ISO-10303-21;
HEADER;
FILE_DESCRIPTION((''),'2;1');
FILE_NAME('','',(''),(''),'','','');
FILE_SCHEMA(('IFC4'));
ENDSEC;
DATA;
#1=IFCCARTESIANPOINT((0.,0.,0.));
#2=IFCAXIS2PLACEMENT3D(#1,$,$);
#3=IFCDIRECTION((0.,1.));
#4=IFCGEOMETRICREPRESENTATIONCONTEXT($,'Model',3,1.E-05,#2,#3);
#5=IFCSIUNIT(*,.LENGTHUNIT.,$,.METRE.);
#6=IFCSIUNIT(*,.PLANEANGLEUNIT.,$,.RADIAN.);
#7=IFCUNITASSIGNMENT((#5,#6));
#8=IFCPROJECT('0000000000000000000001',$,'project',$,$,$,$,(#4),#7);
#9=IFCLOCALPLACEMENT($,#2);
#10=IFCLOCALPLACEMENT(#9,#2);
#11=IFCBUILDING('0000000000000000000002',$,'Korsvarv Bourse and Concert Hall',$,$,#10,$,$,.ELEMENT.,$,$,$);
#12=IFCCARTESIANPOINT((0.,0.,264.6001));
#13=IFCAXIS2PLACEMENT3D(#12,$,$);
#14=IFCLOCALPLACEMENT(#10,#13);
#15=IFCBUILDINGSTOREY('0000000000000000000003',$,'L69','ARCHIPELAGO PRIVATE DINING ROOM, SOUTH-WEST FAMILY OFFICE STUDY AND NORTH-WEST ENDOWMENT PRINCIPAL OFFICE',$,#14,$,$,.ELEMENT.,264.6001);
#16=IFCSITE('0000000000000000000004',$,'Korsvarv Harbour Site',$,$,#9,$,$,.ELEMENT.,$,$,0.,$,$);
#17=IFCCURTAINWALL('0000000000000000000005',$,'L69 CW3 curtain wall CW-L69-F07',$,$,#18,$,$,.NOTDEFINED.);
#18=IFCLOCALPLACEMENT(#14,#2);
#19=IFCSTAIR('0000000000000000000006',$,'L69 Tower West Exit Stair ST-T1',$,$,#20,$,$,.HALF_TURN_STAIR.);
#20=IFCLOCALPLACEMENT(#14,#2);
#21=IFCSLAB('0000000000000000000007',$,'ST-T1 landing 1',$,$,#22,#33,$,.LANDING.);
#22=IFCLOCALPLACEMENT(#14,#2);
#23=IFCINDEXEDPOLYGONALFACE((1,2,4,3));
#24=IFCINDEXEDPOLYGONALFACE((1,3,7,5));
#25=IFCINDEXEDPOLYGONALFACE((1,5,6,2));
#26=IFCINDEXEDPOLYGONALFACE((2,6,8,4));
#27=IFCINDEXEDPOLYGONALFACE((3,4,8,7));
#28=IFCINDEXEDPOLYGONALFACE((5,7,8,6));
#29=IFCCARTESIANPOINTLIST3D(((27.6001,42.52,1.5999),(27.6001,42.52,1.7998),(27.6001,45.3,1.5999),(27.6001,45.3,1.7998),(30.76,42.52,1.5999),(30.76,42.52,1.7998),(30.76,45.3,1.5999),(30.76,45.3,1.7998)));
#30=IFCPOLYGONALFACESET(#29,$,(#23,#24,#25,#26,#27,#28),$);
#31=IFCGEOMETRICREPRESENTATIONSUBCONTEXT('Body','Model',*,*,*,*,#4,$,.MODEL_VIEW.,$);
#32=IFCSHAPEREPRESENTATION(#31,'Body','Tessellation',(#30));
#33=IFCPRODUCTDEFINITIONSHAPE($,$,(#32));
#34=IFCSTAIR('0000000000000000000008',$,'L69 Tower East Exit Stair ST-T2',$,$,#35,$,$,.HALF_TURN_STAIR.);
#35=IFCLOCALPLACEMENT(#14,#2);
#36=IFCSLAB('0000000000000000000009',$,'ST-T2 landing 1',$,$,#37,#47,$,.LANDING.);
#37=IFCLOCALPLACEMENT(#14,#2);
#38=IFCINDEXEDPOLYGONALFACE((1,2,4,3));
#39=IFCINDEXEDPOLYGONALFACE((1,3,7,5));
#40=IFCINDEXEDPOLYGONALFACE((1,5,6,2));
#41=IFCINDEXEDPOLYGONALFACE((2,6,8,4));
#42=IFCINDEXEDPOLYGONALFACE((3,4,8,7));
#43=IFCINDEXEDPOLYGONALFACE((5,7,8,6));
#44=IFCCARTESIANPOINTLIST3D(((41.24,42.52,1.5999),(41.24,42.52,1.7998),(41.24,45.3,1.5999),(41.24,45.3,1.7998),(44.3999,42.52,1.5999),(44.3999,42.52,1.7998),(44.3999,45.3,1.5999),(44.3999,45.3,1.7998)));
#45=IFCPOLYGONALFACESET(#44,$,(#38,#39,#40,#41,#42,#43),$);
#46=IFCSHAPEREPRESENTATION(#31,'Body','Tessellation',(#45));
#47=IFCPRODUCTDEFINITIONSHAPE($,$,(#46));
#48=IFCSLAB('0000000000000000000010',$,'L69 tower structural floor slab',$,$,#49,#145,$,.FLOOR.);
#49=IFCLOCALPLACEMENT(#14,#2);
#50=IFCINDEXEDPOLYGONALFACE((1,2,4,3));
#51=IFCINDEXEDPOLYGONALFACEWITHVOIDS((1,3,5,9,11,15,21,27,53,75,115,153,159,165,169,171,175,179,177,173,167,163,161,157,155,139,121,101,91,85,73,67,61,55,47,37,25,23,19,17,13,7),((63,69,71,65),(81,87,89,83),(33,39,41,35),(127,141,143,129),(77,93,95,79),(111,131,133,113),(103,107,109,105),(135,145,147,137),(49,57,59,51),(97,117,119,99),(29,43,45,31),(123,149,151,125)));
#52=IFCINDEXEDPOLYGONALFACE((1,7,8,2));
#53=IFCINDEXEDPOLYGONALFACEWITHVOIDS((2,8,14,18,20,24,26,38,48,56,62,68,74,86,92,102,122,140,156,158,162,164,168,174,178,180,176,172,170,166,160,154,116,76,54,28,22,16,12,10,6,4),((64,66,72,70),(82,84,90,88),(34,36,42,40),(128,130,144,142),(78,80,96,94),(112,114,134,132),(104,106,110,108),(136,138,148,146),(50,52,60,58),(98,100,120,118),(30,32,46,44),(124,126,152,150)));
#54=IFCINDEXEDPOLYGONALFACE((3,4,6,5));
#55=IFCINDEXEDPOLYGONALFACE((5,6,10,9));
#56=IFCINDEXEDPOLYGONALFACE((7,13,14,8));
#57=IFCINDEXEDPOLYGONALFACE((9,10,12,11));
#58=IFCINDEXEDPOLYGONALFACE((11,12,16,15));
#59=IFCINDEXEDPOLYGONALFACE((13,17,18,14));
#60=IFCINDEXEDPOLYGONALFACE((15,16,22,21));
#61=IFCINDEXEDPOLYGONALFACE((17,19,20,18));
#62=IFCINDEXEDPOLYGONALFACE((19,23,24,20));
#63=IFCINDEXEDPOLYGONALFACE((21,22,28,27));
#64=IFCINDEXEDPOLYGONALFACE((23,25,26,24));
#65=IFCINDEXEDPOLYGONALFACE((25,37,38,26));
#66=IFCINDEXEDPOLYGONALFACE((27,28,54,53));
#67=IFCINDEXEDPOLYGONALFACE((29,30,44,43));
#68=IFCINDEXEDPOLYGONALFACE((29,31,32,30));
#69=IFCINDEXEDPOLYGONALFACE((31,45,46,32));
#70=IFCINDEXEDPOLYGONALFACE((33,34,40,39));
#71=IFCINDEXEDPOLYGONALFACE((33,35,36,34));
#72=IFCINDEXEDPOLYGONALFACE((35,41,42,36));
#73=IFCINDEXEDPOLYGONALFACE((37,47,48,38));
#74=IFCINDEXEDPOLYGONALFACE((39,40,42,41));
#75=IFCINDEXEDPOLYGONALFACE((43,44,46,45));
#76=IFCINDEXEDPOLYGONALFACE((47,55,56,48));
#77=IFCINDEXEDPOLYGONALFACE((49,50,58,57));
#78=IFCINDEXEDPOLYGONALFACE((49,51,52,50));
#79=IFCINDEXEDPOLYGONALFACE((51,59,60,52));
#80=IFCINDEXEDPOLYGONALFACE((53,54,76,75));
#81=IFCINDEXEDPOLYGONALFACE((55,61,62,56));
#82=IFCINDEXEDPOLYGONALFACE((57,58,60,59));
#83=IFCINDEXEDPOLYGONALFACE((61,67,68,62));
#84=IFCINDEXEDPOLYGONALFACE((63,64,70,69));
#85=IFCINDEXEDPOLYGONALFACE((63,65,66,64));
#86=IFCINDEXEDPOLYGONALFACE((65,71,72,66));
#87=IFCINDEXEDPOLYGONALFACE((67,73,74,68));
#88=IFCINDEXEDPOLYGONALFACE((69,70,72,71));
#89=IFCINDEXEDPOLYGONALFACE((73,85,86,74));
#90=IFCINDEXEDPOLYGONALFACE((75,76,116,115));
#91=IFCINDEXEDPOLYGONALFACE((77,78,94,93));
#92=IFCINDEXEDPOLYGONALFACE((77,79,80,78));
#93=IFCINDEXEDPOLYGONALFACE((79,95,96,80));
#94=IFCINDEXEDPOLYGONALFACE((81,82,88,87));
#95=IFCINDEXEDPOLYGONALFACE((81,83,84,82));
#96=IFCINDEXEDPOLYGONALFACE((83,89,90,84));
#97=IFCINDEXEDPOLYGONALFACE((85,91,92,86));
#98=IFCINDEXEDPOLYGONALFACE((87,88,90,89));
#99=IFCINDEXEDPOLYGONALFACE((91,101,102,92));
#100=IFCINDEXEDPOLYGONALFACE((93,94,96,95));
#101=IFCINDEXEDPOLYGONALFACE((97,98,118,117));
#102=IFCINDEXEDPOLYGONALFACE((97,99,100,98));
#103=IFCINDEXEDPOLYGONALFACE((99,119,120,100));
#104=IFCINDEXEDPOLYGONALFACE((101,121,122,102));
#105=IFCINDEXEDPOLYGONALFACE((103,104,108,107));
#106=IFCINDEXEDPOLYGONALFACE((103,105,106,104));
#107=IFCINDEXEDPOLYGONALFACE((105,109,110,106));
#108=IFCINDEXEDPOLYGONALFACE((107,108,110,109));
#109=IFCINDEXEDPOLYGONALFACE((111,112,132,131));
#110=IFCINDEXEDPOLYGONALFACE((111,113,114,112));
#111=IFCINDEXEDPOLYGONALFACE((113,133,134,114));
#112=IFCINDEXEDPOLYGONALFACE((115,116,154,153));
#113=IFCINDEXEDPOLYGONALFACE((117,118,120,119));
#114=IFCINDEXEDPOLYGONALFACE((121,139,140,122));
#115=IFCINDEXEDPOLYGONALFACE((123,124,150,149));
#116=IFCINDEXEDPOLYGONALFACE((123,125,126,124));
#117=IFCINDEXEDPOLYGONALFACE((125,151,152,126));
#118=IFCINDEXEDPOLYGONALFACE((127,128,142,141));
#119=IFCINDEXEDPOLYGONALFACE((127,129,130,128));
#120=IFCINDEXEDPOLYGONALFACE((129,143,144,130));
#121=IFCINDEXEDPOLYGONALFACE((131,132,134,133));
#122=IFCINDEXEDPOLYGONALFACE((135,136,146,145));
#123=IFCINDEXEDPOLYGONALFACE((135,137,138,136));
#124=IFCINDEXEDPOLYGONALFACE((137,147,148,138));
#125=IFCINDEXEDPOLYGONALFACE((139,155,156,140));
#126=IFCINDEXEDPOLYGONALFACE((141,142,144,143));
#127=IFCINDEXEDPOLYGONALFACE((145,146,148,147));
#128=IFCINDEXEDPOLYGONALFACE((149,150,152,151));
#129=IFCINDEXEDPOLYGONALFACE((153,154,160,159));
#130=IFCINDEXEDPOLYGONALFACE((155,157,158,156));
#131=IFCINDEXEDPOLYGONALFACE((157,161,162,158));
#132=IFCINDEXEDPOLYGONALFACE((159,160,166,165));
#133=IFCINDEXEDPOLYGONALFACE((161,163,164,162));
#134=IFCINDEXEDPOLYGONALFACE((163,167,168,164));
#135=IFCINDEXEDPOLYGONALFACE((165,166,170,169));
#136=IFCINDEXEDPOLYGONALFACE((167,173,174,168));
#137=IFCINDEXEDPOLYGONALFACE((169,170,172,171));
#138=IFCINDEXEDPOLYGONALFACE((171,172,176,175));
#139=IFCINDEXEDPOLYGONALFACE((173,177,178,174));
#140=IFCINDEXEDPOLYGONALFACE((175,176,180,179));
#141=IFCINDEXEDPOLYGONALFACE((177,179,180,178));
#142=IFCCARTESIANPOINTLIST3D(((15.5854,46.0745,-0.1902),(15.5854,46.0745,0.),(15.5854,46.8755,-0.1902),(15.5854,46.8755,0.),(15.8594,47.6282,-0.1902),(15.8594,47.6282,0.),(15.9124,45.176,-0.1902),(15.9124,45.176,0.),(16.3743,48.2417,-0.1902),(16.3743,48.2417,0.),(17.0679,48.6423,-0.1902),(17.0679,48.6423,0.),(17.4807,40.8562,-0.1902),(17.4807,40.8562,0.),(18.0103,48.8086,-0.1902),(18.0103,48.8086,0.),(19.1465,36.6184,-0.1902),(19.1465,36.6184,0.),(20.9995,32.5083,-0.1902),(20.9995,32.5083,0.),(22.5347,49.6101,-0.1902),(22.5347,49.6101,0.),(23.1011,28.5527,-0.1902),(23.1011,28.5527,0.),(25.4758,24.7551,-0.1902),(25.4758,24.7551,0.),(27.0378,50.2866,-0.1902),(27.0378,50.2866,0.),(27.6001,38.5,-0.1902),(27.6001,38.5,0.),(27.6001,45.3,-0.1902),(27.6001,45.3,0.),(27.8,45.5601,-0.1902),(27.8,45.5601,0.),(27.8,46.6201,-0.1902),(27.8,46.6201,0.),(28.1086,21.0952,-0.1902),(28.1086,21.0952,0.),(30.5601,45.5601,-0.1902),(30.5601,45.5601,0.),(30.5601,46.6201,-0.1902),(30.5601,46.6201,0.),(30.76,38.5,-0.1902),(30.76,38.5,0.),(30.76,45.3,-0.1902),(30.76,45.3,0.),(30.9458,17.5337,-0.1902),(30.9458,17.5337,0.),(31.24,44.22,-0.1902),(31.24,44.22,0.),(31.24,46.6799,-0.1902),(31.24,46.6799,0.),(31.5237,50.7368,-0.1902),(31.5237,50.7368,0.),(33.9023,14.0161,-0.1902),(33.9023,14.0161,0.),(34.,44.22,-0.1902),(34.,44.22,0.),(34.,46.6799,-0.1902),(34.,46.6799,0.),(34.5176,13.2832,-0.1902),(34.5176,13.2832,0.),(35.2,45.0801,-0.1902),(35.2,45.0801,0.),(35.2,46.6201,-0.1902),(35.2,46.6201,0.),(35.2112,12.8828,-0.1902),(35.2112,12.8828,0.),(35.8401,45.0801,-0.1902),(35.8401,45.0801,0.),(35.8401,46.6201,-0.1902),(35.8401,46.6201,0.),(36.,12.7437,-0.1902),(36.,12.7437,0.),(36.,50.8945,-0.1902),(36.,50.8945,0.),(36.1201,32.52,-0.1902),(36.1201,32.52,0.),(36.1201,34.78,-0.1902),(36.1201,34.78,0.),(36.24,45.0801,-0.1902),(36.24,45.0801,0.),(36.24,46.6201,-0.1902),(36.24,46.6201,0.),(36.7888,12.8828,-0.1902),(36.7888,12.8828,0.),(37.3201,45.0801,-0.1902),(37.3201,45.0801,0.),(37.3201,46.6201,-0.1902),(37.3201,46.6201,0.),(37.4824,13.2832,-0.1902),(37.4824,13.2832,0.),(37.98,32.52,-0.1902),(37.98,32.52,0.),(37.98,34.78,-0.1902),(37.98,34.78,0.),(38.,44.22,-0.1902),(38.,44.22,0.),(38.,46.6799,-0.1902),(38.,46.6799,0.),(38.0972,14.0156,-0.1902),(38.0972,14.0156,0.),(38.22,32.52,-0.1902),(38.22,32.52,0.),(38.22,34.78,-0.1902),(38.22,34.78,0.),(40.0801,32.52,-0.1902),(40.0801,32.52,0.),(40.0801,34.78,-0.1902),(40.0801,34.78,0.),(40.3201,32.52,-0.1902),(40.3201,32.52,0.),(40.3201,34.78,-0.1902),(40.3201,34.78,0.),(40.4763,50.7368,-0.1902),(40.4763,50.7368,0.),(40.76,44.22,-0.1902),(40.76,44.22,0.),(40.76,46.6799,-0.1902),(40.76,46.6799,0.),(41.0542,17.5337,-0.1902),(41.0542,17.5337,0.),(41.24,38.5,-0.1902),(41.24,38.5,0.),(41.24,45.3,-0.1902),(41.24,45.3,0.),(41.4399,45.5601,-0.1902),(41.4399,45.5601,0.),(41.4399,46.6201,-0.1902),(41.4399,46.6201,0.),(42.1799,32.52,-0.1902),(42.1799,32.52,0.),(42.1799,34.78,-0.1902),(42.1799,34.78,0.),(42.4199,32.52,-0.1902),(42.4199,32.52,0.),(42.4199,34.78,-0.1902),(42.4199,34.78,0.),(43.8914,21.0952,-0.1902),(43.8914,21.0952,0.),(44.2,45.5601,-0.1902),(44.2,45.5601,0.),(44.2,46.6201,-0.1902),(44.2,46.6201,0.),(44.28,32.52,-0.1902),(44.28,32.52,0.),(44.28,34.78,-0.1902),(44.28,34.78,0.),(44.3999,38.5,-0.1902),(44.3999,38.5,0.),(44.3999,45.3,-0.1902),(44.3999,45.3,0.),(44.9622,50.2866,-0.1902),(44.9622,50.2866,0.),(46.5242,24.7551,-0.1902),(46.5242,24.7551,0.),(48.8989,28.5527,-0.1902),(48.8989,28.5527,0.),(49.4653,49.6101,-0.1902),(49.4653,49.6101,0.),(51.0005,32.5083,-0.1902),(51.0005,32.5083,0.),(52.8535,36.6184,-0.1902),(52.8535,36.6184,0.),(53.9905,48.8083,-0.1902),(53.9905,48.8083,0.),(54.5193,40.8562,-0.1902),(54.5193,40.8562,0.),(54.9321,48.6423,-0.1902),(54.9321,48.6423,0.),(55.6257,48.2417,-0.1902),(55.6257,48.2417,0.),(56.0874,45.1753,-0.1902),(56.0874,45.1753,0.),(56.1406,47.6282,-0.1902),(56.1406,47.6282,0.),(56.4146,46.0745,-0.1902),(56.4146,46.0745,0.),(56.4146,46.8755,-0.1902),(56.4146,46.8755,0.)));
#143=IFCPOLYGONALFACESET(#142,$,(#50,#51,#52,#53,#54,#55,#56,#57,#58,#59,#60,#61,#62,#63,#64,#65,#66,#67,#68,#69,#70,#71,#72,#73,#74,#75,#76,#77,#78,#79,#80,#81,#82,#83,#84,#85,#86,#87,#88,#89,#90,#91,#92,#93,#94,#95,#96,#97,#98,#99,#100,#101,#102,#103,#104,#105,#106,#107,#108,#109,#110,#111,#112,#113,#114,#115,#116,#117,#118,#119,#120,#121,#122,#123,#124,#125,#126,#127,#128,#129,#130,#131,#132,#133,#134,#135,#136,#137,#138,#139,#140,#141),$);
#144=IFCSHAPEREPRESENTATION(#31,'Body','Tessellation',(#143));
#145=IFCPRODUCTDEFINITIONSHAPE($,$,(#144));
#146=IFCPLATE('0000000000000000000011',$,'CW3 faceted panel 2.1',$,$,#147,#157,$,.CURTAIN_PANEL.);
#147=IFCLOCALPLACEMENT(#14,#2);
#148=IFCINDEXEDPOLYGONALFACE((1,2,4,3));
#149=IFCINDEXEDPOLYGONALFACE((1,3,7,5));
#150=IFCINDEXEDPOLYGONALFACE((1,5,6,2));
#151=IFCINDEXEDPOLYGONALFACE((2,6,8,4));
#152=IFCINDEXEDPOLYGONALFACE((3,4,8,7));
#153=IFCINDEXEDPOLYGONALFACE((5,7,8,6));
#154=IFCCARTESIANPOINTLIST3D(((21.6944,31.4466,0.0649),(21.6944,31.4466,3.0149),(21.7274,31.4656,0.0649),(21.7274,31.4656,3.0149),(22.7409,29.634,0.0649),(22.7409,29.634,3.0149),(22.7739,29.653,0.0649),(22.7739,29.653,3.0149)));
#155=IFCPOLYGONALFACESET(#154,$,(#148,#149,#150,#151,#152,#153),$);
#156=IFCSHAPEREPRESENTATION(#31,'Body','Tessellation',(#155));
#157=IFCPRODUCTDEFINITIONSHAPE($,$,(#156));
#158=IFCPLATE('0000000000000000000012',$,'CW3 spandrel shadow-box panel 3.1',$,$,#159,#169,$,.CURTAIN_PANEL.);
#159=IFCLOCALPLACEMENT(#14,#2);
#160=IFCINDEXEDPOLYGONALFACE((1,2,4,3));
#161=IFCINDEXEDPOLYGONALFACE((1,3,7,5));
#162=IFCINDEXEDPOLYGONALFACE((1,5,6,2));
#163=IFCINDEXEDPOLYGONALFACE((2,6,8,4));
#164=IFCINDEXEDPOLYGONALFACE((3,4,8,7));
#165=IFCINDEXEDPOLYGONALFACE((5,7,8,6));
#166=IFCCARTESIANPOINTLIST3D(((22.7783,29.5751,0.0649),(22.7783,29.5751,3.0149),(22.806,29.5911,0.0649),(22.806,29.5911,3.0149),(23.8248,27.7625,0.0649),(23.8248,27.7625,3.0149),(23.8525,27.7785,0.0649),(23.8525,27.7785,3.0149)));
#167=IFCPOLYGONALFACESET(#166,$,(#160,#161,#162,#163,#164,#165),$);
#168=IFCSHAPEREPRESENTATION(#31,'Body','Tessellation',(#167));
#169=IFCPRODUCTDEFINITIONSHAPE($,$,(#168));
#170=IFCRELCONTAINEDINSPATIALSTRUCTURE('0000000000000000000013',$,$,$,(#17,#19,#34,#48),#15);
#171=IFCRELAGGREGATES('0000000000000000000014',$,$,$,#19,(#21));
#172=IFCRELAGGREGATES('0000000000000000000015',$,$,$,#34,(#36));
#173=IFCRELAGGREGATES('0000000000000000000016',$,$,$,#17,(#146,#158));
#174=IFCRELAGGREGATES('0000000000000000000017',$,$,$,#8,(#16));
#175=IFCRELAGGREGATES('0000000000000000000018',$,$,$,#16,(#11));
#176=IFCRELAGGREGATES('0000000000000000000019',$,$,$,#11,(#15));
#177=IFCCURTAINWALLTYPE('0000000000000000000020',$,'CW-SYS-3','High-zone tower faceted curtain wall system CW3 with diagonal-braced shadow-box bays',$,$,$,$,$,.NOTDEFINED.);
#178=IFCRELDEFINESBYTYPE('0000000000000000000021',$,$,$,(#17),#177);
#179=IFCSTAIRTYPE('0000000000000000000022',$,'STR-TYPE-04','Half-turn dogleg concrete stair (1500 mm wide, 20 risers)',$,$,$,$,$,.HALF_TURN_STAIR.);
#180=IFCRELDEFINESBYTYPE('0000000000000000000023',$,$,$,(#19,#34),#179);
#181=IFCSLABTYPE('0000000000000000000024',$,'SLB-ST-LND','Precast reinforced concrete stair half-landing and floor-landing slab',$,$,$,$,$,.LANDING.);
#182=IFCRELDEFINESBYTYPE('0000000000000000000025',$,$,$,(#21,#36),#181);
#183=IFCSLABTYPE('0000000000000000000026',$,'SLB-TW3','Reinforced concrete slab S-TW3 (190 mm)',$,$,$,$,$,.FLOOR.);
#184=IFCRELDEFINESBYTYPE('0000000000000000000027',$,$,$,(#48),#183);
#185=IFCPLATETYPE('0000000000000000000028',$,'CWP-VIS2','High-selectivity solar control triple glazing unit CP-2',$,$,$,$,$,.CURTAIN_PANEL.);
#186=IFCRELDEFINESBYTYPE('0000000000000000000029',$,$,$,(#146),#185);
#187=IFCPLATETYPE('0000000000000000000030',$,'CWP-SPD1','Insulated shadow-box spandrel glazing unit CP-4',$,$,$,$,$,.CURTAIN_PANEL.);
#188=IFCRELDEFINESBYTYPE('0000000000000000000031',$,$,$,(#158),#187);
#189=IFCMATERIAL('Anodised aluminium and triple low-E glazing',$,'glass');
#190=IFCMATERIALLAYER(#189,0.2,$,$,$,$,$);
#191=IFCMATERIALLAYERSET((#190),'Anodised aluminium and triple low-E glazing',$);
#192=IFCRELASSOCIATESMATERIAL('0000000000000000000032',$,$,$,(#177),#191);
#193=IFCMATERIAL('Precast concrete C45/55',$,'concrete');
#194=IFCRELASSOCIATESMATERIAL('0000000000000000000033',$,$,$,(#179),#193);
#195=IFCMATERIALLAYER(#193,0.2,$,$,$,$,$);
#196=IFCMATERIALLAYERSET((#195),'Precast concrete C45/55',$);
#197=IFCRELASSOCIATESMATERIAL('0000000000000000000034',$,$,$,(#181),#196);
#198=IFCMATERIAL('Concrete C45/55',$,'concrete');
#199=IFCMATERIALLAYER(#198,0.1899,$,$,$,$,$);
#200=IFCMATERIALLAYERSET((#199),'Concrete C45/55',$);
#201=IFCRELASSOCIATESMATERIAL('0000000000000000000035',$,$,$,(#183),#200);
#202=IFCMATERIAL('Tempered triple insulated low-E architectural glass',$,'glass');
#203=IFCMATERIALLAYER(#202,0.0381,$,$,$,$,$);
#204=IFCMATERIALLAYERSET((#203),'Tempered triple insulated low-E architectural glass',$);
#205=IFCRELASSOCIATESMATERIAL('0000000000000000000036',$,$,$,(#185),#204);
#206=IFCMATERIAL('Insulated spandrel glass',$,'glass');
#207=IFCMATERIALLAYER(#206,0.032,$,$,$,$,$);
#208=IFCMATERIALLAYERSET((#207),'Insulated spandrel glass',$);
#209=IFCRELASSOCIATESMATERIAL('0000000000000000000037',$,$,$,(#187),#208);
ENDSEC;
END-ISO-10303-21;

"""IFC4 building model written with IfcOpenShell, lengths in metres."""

from ifc_helpers import new_model, si_unit, direction, frame, origin, origin_2d, place, context, subcontext, project, spatial, polyline, rectangle, outline, extrude, source, transform, mapped, material, layer, layer_set, type_object, element, aggregate, save


model = new_model("IFC4")

# Units and contexts
model_context = context("Model", 3, precision=1e-05, world=origin(), true_north=direction((0.0, 1.0)))
body_context = subcontext(model_context, "Body", "Model", "MODEL_VIEW")
ifc_project = project(units=[si_unit("LENGTHUNIT", "METRE"), si_unit("PLANEANGLEUNIT", "RADIAN")], contexts=[model_context])

# Site, building, storey
site_placement = place(None, origin())
site = spatial("IfcSite", under=ifc_project, at=site_placement, Name="Korsvarv Harbour Site", CompositionType="ELEMENT", RefElevation=0.0)
building_placement = place(site_placement, origin())
building = spatial("IfcBuilding", under=site, at=building_placement, Name="Korsvarv Bourse and Concert Hall", CompositionType="ELEMENT")
storey_placement = place(building_placement, frame((0.0, 0.0, 264.6001)))
storey = spatial("IfcBuildingStorey", under=building, at=storey_placement, Name="L69", Description="ARCHIPELAGO PRIVATE DINING ROOM, SOUTH-WEST FAMILY OFFICE STUDY AND NORTH-WEST ENDOWMENT PRINCIPAL OFFICE", CompositionType="ELEMENT", Elevation=264.6001)

# Curtain wall
ifc_material_1 = material(Name="Anodised aluminium and triple low-E glazing", Category="glass")
ifc_layer_1 = layer(ifc_material_1, 0.2)
ifc_layer_set_1 = layer_set([ifc_layer_1], Name="Anodised aluminium and triple low-E glazing")
curtain_wall_type = type_object("IfcCurtainWallType", Name="CW-SYS-3", Description="High-zone tower faceted curtain wall system CW3 with diagonal-braced shadow-box bays", PredefinedType="NOTDEFINED", material=ifc_layer_set_1)
curtain_wall_placement = place(storey_placement, origin())
curtain_wall = element("IfcCurtainWall", 1, at=curtain_wall_placement, inside=storey, type_object=curtain_wall_type, Name="L69 CW3 curtain wall CW-L69-F07", PredefinedType="NOTDEFINED")

# Shared definitions
ifc_material_2 = material(Name="Precast concrete C45/55", Category="concrete")

# Stairs, slabs
stair_type = type_object("IfcStairType", Name="STR-TYPE-04", Description="Half-turn dogleg concrete stair (1500 mm wide, 20 risers)", PredefinedType="HALF_TURN_STAIR", material=ifc_material_2)
stair_1_placement = place(storey_placement, origin())
stair_1 = element("IfcStair", 2, at=stair_1_placement, inside=storey, type_object=stair_type, Name="L69 Tower West Exit Stair ST-T1", PredefinedType="HALF_TURN_STAIR")
ifc_layer_2 = layer(ifc_material_2, 0.2)
ifc_layer_set_2 = layer_set([ifc_layer_2], Name="Precast concrete C45/55")
slab_type_1 = type_object("IfcSlabType", Name="SLB-ST-LND", Description="Precast reinforced concrete stair half-landing and floor-landing slab", PredefinedType="LANDING", material=ifc_layer_set_2)
slab_1_placement = place(storey_placement, frame((0.0, 0.0, 1.5999)))
slab_1 = element("IfcSlab", 3, at=slab_1_placement, type_object=slab_type_1, Name="ST-T1 landing 1", PredefinedType="LANDING", context=body_context, shape_type="SweptSolid", body=[
    extrude(outline(polyline([(30.76, 42.52), (30.76, 45.3), (27.6001, 45.3), (27.6001, 42.52), (30.76, 42.52)])), origin(), (0.0, 0.0, 1.0), 0.2),
])
aggregate(stair_1, [slab_1])
stair_2_placement = place(storey_placement, origin())
stair_2 = element("IfcStair", 4, at=stair_2_placement, inside=storey, type_object=stair_type, Name="L69 Tower East Exit Stair ST-T2", PredefinedType="HALF_TURN_STAIR")
slab_2_placement = place(storey_placement, frame((0.0, 0.0, 1.5999)))
slab_2 = element("IfcSlab", 5, at=slab_2_placement, type_object=slab_type_1, Name="ST-T2 landing 1", PredefinedType="LANDING", context=body_context, shape_type="SweptSolid", body=[
    extrude(outline(polyline([(44.3999, 42.52), (44.3999, 45.3), (41.24, 45.3), (41.24, 42.52), (44.3999, 42.52)])), origin(), (0.0, 0.0, 1.0), 0.2),
])
aggregate(stair_2, [slab_2])

# Slab
ifc_material_3 = material(Name="Concrete C45/55", Category="concrete")
ifc_layer_3 = layer(ifc_material_3, 0.1899)
ifc_layer_set_3 = layer_set([ifc_layer_3], Name="Concrete C45/55")
slab_type_2 = type_object("IfcSlabType", Name="SLB-TW3", Description="Reinforced concrete slab S-TW3 (190 mm)", PredefinedType="FLOOR", material=ifc_layer_set_3)
slab_3_placement = place(storey_placement, frame((0.0, 0.0, -0.1902)))
element("IfcSlab", 6, at=slab_3_placement, inside=storey, type_object=slab_type_2, Name="L69 tower structural floor slab", PredefinedType="FLOOR", context=body_context, shape_type="SweptSolid", body=[
    extrude(outline(polyline([(56.0874, 45.1753), (54.5193, 40.8562), (52.8535, 36.6184), (51.0005, 32.5083), (48.8989, 28.5527), (46.5242, 24.7551), (43.8914, 21.0952), (41.0542, 17.5337), (38.0972, 14.0156), (37.4824, 13.2832), (36.7888, 12.8828), (36.0, 12.7437), (35.2112, 12.8828), (34.5176, 13.2832), (33.9023, 14.0161), (30.9458, 17.5337), (28.1086, 21.0952), (25.4758, 24.7551), (23.1011, 28.5527), (20.9995, 32.5083), (19.1465, 36.6184), (17.4807, 40.8562), (15.9124, 45.176), (15.5854, 46.0745), (15.5854, 46.8755), (15.8594, 47.6282), (16.3743, 48.2417), (17.0679, 48.6423), (18.0103, 48.8086), (22.5347, 49.6101), (27.0378, 50.2866), (31.5237, 50.7368), (36.0, 50.8945), (40.4763, 50.7368), (44.9622, 50.2866), (49.4653, 49.6101), (53.9905, 48.8083), (54.9321, 48.6423), (55.6257, 48.2417), (56.1406, 47.6282), (56.4146, 46.8755), (56.4146, 46.0745), (56.0874, 45.1753)]), holes=[polyline([(30.76, 38.5), (30.76, 45.3), (27.6001, 45.3), (27.6001, 38.5), (30.76, 38.5)]), polyline([(44.3999, 38.5), (44.3999, 45.3), (41.24, 45.3), (41.24, 38.5), (44.3999, 38.5)]), polyline([(31.24, 44.22), (34.0, 44.22), (34.0, 46.6799), (31.24, 46.6799), (31.24, 44.22)]), polyline([(38.0, 44.22), (40.76, 44.22), (40.76, 46.6799), (38.0, 46.6799), (38.0, 44.22)]), polyline([(36.1201, 32.52), (37.98, 32.52), (37.98, 34.78), (36.1201, 34.78), (36.1201, 32.52)]), polyline([(38.22, 32.52), (40.0801, 32.52), (40.0801, 34.78), (38.22, 34.78), (38.22, 32.52)]), polyline([(40.3201, 32.52), (42.1799, 32.52), (42.1799, 34.78), (40.3201, 34.78), (40.3201, 32.52)]), polyline([(42.4199, 32.52), (44.28, 32.52), (44.28, 34.78), (42.4199, 34.78), (42.4199, 32.52)]), polyline([(27.8, 45.5601), (30.5601, 45.5601), (30.5601, 46.6201), (27.8, 46.6201), (27.8, 45.5601)]), polyline([(41.4399, 45.5601), (44.2, 45.5601), (44.2, 46.6201), (41.4399, 46.6201), (41.4399, 45.5601)]), polyline([(35.2, 45.0801), (35.8401, 45.0801), (35.8401, 46.6201), (35.2, 46.6201), (35.2, 45.0801)]), polyline([(36.24, 45.0801), (37.3201, 45.0801), (37.3201, 46.6201), (36.24, 46.6201), (36.24, 45.0801)])]), origin(), (0.0, 0.0, 1.0), 0.1902),
])

# Plates
ifc_material_4 = material(Name="Tempered triple insulated low-E architectural glass", Category="glass")
ifc_layer_4 = layer(ifc_material_4, 0.0381)
ifc_layer_set_4 = layer_set([ifc_layer_4], Name="Tempered triple insulated low-E architectural glass")
plate_type_1 = type_object("IfcPlateType", Name="CWP-VIS2", Description="High-selectivity solar control triple glazing unit CP-2", PredefinedType="CURTAIN_PANEL", material=ifc_layer_set_4)
shared_shape_1 = source(origin(), body_context, "Body", "SweptSolid", [
    extrude(rectangle(XDim=2.093, YDim=0.0381, at=origin_2d()), origin(), (0.0, 0.0, 1.0), 2.95),
])
plate_1_placement = place(storey_placement, frame((22.2341, 30.5498, 0.0649), z_axis=(0.0, 0.0, 1.0), x_axis=(0.500004, -0.866023, 0.0)))
plate_1 = element("IfcPlate", 7, at=plate_1_placement, type_object=plate_type_1, Name="CW3 faceted panel 2.1", PredefinedType="CURTAIN_PANEL", context=body_context, shape_type="MappedRepresentation", body=[
    mapped(shared_shape_1, transform((0.0, 0.0, 0.0), scale=1.0)),
])
ifc_material_5 = material(Name="Insulated spandrel glass", Category="glass")
ifc_layer_5 = layer(ifc_material_5, 0.032)
ifc_layer_set_5 = layer_set([ifc_layer_5], Name="Insulated spandrel glass")
plate_type_2 = type_object("IfcPlateType", Name="CWP-SPD1", Description="Insulated shadow-box spandrel glazing unit CP-4", PredefinedType="CURTAIN_PANEL", material=ifc_layer_set_5)
shared_shape_2 = source(origin(), body_context, "Body", "SweptSolid", [
    extrude(rectangle(XDim=2.093, YDim=0.032, at=origin_2d()), origin(), (0.0, 0.0, 1.0), 2.95),
])
plate_2_placement = place(storey_placement, frame((23.3154, 28.6768, 0.0649), z_axis=(0.0, 0.0, 1.0), x_axis=(0.500004, -0.866023, 0.0)))
plate_2 = element("IfcPlate", 8, at=plate_2_placement, type_object=plate_type_2, Name="CW3 spandrel shadow-box panel 3.1", PredefinedType="CURTAIN_PANEL", context=body_context, shape_type="MappedRepresentation", body=[
    mapped(shared_shape_2, transform((0.0, 0.0, 0.0), scale=1.0)),
])
aggregate(curtain_wall, [plate_1, plate_2])

save(model, "model.ifc")
